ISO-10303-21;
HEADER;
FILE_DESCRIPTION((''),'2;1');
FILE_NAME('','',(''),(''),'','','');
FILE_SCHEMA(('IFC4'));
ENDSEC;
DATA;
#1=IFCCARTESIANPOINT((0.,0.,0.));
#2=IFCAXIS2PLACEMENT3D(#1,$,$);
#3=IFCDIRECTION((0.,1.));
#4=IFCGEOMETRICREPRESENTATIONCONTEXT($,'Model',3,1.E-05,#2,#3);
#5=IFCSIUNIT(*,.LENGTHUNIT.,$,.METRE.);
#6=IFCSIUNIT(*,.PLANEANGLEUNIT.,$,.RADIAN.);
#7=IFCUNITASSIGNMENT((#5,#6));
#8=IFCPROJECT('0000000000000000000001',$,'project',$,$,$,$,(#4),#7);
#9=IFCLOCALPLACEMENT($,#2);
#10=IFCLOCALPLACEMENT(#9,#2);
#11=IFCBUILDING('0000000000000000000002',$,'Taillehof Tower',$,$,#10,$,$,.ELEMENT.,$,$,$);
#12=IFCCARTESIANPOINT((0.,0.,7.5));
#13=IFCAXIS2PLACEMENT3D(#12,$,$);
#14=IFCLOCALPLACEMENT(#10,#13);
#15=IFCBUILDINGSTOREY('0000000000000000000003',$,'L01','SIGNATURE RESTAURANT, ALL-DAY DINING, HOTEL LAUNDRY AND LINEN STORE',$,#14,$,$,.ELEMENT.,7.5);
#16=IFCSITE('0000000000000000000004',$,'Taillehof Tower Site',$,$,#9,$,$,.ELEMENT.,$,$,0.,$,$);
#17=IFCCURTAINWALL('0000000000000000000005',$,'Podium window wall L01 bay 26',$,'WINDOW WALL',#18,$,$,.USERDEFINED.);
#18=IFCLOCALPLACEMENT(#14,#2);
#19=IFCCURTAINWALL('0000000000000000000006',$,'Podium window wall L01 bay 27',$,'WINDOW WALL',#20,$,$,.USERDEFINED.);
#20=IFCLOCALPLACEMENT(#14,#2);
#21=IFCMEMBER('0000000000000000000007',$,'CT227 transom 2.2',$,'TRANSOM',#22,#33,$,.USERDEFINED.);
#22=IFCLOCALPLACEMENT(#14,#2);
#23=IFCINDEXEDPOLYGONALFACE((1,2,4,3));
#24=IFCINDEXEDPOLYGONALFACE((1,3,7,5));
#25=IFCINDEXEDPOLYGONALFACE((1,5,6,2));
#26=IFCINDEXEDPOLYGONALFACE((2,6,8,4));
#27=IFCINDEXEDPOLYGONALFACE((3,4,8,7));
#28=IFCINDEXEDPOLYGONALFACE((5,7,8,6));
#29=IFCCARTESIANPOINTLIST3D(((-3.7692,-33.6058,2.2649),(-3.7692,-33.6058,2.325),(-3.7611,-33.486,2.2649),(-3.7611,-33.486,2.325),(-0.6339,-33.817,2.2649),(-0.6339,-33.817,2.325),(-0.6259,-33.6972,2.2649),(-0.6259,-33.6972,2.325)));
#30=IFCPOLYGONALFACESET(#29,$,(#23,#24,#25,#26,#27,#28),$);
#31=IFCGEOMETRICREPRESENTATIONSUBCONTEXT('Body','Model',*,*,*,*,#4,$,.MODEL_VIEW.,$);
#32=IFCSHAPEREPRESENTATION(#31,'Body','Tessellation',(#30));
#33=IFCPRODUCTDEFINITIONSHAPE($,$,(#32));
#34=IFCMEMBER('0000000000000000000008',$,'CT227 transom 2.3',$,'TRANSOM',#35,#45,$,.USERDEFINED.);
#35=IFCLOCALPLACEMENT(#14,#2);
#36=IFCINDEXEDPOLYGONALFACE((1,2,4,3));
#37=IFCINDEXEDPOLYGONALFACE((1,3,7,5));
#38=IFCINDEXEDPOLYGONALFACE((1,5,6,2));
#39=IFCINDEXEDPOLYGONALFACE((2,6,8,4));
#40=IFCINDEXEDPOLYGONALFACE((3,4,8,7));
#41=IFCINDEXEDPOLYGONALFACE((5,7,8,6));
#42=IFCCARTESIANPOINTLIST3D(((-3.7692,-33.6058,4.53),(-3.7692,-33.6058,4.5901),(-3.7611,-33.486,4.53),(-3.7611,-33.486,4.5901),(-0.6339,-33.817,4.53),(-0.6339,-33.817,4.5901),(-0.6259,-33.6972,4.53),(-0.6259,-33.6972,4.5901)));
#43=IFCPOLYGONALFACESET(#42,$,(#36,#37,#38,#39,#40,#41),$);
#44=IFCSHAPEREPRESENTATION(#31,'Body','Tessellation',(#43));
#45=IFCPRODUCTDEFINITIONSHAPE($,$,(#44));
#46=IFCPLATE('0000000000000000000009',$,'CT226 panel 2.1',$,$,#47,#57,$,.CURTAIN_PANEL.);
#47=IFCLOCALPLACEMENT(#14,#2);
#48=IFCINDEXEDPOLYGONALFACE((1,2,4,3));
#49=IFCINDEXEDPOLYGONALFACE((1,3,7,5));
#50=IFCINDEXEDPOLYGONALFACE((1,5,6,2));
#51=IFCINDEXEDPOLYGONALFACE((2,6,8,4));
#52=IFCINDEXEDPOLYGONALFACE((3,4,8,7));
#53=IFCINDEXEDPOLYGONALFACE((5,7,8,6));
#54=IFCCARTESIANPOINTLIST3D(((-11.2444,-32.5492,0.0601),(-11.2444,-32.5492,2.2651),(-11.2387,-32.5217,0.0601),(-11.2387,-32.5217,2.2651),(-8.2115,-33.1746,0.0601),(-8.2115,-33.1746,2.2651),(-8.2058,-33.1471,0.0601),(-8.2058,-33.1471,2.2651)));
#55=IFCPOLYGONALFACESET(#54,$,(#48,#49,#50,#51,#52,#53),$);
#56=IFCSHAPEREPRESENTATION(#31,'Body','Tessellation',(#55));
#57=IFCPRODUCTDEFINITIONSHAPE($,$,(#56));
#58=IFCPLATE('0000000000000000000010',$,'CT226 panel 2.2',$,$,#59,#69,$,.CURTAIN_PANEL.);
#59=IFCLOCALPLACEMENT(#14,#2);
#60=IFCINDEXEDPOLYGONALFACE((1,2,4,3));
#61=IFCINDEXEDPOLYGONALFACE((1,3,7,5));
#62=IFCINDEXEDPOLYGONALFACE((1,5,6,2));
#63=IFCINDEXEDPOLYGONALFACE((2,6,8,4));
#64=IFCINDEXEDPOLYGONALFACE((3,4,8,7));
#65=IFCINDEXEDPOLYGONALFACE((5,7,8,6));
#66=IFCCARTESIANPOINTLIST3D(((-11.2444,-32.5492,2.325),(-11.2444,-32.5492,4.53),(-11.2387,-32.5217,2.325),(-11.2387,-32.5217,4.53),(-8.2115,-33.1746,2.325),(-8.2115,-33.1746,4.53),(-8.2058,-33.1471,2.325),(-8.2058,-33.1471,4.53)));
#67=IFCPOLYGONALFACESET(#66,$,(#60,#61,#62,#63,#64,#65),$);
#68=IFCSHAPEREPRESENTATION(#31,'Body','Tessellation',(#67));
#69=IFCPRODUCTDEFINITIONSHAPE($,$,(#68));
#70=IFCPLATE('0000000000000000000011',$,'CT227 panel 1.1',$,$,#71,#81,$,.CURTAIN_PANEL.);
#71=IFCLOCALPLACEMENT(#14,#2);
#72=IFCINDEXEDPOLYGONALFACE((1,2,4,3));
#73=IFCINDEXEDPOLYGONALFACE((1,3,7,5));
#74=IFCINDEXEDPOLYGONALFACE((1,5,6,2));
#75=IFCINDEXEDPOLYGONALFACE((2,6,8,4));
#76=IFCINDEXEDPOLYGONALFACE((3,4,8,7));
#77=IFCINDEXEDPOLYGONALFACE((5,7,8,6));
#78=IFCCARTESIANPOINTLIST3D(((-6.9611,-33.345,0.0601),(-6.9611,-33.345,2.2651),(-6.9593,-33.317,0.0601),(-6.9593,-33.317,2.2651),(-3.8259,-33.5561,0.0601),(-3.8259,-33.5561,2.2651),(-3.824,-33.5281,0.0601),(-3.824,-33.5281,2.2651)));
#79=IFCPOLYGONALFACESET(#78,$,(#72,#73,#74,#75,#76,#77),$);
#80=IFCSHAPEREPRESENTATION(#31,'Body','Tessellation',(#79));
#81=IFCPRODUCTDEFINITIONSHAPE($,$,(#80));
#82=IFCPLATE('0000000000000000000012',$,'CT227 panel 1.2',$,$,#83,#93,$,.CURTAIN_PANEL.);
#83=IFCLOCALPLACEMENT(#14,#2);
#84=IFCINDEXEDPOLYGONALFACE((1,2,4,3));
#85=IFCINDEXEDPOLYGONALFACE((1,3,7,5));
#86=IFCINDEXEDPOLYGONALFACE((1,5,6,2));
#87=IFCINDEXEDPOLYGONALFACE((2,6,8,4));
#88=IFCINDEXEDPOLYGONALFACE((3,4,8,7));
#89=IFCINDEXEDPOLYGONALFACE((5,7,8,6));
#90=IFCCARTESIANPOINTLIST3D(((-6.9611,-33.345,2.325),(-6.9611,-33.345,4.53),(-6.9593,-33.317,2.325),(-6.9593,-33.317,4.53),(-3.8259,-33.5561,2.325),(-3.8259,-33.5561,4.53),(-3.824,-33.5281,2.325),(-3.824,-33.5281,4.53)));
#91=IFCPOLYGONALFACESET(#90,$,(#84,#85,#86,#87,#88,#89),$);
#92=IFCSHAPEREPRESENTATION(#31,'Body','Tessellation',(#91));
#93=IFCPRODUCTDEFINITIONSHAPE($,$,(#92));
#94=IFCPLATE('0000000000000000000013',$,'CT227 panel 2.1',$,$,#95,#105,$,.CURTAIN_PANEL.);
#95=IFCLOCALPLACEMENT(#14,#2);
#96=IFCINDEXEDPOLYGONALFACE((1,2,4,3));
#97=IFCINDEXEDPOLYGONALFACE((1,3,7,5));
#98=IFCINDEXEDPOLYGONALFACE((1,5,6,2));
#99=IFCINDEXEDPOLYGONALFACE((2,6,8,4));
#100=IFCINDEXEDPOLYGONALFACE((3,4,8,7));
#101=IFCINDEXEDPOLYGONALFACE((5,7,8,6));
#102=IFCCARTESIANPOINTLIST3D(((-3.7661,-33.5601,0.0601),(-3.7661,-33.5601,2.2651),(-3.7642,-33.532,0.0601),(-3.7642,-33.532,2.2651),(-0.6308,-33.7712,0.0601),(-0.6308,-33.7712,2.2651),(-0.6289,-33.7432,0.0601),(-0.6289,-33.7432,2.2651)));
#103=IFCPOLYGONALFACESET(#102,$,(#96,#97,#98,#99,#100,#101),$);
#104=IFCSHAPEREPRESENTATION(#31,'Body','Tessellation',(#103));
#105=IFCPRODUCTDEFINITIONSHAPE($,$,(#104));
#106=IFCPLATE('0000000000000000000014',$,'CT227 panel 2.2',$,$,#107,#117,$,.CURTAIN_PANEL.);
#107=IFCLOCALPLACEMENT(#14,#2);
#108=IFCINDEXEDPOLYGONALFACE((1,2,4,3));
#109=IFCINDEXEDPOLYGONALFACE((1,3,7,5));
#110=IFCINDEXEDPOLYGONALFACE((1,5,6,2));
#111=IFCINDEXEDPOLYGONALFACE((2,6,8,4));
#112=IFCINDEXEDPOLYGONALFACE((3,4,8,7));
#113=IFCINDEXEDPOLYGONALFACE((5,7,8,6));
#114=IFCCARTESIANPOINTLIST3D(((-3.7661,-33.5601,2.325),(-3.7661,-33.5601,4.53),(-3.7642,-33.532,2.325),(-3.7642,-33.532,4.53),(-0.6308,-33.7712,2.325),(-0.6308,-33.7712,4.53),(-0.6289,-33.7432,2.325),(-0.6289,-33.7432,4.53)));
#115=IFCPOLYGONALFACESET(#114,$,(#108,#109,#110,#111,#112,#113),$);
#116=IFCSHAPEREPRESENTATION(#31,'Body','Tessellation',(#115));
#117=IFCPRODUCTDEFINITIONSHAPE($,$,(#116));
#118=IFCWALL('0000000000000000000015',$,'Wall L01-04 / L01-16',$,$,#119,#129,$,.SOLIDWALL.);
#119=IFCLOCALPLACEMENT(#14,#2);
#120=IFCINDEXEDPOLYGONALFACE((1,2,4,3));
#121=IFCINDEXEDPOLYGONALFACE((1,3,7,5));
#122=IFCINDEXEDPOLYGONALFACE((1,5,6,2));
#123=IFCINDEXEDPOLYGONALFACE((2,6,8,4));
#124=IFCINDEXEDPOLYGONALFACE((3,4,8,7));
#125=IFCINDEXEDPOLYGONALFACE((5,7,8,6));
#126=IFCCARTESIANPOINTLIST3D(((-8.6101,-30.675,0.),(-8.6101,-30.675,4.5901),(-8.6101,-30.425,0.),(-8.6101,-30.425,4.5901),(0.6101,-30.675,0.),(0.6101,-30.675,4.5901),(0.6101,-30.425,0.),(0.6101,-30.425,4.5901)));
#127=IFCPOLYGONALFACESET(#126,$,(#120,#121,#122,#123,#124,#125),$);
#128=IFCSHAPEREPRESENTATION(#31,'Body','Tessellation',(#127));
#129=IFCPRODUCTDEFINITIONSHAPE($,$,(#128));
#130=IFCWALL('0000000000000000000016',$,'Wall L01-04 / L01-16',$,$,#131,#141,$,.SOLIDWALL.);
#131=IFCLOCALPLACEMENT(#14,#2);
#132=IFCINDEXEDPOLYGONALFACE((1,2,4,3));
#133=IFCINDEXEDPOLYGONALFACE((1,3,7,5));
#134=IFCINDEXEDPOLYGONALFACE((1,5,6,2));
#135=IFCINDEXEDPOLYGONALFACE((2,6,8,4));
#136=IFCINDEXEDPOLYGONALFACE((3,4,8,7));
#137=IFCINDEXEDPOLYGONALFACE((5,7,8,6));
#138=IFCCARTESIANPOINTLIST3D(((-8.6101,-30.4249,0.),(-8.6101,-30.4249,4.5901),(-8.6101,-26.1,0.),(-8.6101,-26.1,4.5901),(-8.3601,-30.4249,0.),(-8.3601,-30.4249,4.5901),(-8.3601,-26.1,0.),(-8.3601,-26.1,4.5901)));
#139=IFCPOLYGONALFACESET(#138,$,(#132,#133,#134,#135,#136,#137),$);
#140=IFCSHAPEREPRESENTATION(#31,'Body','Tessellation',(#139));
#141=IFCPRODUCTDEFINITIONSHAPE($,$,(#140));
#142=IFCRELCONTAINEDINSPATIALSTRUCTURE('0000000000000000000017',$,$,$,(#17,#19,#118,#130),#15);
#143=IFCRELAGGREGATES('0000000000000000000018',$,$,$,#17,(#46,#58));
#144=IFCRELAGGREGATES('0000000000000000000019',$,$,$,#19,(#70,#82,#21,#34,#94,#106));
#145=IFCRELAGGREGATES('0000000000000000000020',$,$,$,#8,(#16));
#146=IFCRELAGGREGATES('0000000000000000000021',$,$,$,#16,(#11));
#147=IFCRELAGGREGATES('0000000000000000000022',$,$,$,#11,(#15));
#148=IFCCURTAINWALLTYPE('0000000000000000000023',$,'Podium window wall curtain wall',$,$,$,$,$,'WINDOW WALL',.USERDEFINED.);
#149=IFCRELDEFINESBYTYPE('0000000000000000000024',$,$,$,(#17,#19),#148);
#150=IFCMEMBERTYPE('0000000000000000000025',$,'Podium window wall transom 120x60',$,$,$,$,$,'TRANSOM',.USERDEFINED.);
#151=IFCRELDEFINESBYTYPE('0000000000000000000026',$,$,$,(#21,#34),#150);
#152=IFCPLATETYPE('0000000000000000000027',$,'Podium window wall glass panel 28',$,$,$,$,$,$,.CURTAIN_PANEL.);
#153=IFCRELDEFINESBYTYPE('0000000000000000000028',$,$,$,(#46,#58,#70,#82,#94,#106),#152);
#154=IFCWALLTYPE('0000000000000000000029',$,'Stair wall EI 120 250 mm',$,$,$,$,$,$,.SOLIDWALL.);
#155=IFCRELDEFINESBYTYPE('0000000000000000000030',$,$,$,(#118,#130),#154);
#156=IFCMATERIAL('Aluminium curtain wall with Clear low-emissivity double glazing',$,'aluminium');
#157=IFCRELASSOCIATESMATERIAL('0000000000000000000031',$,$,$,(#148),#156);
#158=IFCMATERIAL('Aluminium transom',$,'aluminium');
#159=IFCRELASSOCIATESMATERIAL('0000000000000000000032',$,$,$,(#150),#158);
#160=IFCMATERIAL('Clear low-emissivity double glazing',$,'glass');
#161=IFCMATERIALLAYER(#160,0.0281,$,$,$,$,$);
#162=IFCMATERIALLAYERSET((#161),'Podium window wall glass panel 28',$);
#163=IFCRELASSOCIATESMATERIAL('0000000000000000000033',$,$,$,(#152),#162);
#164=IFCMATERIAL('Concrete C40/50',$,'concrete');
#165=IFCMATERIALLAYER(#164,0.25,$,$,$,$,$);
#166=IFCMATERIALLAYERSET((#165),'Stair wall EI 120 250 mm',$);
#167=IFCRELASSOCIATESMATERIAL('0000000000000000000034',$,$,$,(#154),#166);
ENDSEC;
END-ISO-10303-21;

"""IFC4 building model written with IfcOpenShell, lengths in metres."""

from ifc_helpers import new_model, si_unit, direction, frame, frame_2d, origin, origin_2d, place, context, subcontext, project, spatial, rectangle, extrude, material, layer, layer_set, material_profile, profile_set, type_object, element, aggregate, save


model = new_model("IFC4")

# Units and contexts
model_context = context("Model", 3, precision=1e-05, world=origin(), true_north=direction((0.0, 1.0)))
body_context = subcontext(model_context, "Body", "Model", "MODEL_VIEW")
ifc_project = project(units=[si_unit("LENGTHUNIT", "METRE"), si_unit("PLANEANGLEUNIT", "RADIAN")], contexts=[model_context])

# Site, building, storey
site_placement = place(None, origin())
site = spatial("IfcSite", under=ifc_project, at=site_placement, Name="Taillehof Tower Site", CompositionType="ELEMENT", RefElevation=0.0)
building_placement = place(site_placement, origin())
building = spatial("IfcBuilding", under=site, at=building_placement, Name="Taillehof Tower", CompositionType="ELEMENT")
storey_placement = place(building_placement, frame((0.0, 0.0, 7.5)))
storey = spatial("IfcBuildingStorey", under=building, at=storey_placement, Name="L01", Description="SIGNATURE RESTAURANT, ALL-DAY DINING, HOTEL LAUNDRY AND LINEN STORE", CompositionType="ELEMENT", Elevation=7.5)

# Curtain wall
ifc_material_1 = material(Name="Aluminium curtain wall with Clear low-emissivity double glazing", Category="aluminium")
curtain_wall_type = type_object("IfcCurtainWallType", Name="Podium window wall curtain wall", ElementType="WINDOW WALL", PredefinedType="USERDEFINED", material=ifc_material_1)
curtain_wall_1_placement = place(storey_placement, origin())
curtain_wall_1 = element("IfcCurtainWall", 1, at=curtain_wall_1_placement, inside=storey, type_object=curtain_wall_type, Name="Podium window wall L01 bay 26", ObjectType="WINDOW WALL", PredefinedType="USERDEFINED")

# Curtain wall, members
curtain_wall_2_placement = place(storey_placement, origin())
curtain_wall_2 = element("IfcCurtainWall", 2, at=curtain_wall_2_placement, inside=storey, type_object=curtain_wall_type, Name="Podium window wall L01 bay 27", ObjectType="WINDOW WALL", PredefinedType="USERDEFINED")
ifc_material_2 = material(Name="Aluminium transom", Category="aluminium")
ifc_material_profile_1 = material_profile(ifc_material_2, rectangle(XDim=0.1201, YDim=0.0601, at=origin_2d()), Name="AL 120x60")
ifc_profile_set_1 = profile_set([ifc_material_profile_1], Name="Aluminium transom")
member_type_1 = type_object("IfcMemberType", Name="Podium window wall transom 120x60", ElementType="TRANSOM", PredefinedType="USERDEFINED", material=ifc_profile_set_1)
member_1_placement = place(storey_placement, frame((-3.7651, -33.5459, 2.2949), z_axis=(0.997739, -0.067205, 0.0), x_axis=(0.067205, 0.997739, 0.0)))
member_1 = element("IfcMember", 3, at=member_1_placement, type_object=member_type_1, Name="CT227 transom 2.2", ObjectType="TRANSOM", PredefinedType="USERDEFINED", context=body_context, shape_type="SweptSolid", body=[
    extrude(rectangle(XDim=0.1201, YDim=0.0601, at=origin_2d()), origin(), (0.0, 0.0, 1.0), 3.1423),
])
member_2_placement = place(storey_placement, frame((-3.7651, -33.5459, 4.5601), z_axis=(0.997739, -0.067205, 0.0), x_axis=(0.067205, 0.997739, 0.0)))
member_2 = element("IfcMember", 4, at=member_2_placement, type_object=member_type_1, Name="CT227 transom 2.3", ObjectType="TRANSOM", PredefinedType="USERDEFINED", context=body_context, shape_type="SweptSolid", body=[
    extrude(rectangle(XDim=0.1201, YDim=0.0601, at=origin_2d()), origin(), (0.0, 0.0, 1.0), 3.1423),
])

# Plates
ifc_material_3 = material(Name="Clear low-emissivity double glazing", Category="glass")
ifc_layer_1 = layer(ifc_material_3, 0.0281)
ifc_layer_set_1 = layer_set([ifc_layer_1], Name="Podium window wall glass panel 28")
plate_type = type_object("IfcPlateType", Name="Podium window wall glass panel 28", PredefinedType="CURTAIN_PANEL", material=ifc_layer_set_1)
plate_1_placement = place(storey_placement, frame((-9.7251, -32.8481, 0.0601), z_axis=(0.0, 0.0, 1.0), x_axis=(0.97939, -0.201976, 0.0)))
plate_1 = element("IfcPlate", 5, at=plate_1_placement, type_object=plate_type, Name="CT226 panel 2.1", PredefinedType="CURTAIN_PANEL", context=body_context, shape_type="SweptSolid", body=[
    extrude(rectangle(XDim=3.0967, YDim=0.0281, at=origin_2d()), origin(), (0.0, 0.0, 1.0), 2.2051),
])
plate_2_placement = place(storey_placement, frame((-9.7251, -32.8481, 2.325), z_axis=(0.0, 0.0, 1.0), x_axis=(0.97939, -0.201976, 0.0)))
plate_2 = element("IfcPlate", 6, at=plate_2_placement, type_object=plate_type, Name="CT226 panel 2.2", PredefinedType="CURTAIN_PANEL", context=body_context, shape_type="SweptSolid", body=[
    extrude(rectangle(XDim=3.0967, YDim=0.0281, at=origin_2d()), origin(), (0.0, 0.0, 1.0), 2.2051),
])
aggregate(curtain_wall_1, [plate_1, plate_2])
plate_3_placement = place(storey_placement, frame((-5.3926, -33.4365, 0.0601), z_axis=(0.0, 0.0, 1.0), x_axis=(0.997741, -0.067183, 0.0)))
plate_3 = element("IfcPlate", 7, at=plate_3_placement, type_object=plate_type, Name="CT227 panel 1.1", PredefinedType="CURTAIN_PANEL", context=body_context, shape_type="SweptSolid", body=[
    extrude(rectangle(XDim=3.1423, YDim=0.0281, at=origin_2d()), origin(), (0.0, 0.0, 1.0), 2.2051),
])
plate_4_placement = place(storey_placement, frame((-5.3926, -33.4365, 2.325), z_axis=(0.0, 0.0, 1.0), x_axis=(0.997741, -0.067183, 0.0)))
plate_4 = element("IfcPlate", 8, at=plate_4_placement, type_object=plate_type, Name="CT227 panel 1.2", PredefinedType="CURTAIN_PANEL", context=body_context, shape_type="SweptSolid", body=[
    extrude(rectangle(XDim=3.1423, YDim=0.0281, at=origin_2d()), origin(), (0.0, 0.0, 1.0), 2.2051),
])
plate_5_placement = place(storey_placement, frame((-2.1975, -33.6516, 0.0601), z_axis=(0.0, 0.0, 1.0), x_axis=(0.997741, -0.067183, 0.0)))
plate_5 = element("IfcPlate", 9, at=plate_5_placement, type_object=plate_type, Name="CT227 panel 2.1", PredefinedType="CURTAIN_PANEL", context=body_context, shape_type="SweptSolid", body=[
    extrude(rectangle(XDim=3.1423, YDim=0.0281, at=origin_2d()), origin(), (0.0, 0.0, 1.0), 2.2051),
])
plate_6_placement = place(storey_placement, frame((-2.1975, -33.6516, 2.325), z_axis=(0.0, 0.0, 1.0), x_axis=(0.997741, -0.067183, 0.0)))
plate_6 = element("IfcPlate", 10, at=plate_6_placement, type_object=plate_type, Name="CT227 panel 2.2", PredefinedType="CURTAIN_PANEL", context=body_context, shape_type="SweptSolid", body=[
    extrude(rectangle(XDim=3.1423, YDim=0.0281, at=origin_2d()), origin(), (0.0, 0.0, 1.0), 2.2051),
])
aggregate(curtain_wall_2, [plate_3, plate_4, member_1, member_2, plate_5, plate_6])

# Walls
ifc_material_4 = material(Name="Concrete C40/50", Category="concrete")
ifc_layer_2 = layer(ifc_material_4, 0.25)
ifc_layer_set_2 = layer_set([ifc_layer_2], Name="Stair wall EI 120 250 mm")
wall_type = type_object("IfcWallType", Name="Stair wall EI 120 250 mm", PredefinedType="SOLIDWALL", material=ifc_layer_set_2)
wall_1_placement = place(storey_placement, frame((-8.6101, -30.55, 0.0), z_axis=(0.0, 0.0, 1.0), x_axis=(1.0, 0.0, 0.0)))
element("IfcWall", 11, at=wall_1_placement, inside=storey, type_object=wall_type, Name="Wall L01-04 / L01-16", PredefinedType="SOLIDWALL", context=body_context, shape_type="SweptSolid", body=[
    extrude(rectangle(XDim=9.2202, YDim=0.25, at=frame_2d((4.6101, 0.0))), origin(), (0.0, 0.0, 1.0), 4.5901),
])
wall_2_placement = place(storey_placement, frame((-8.4851, -30.425, 0.0), z_axis=(0.0, 0.0, 1.0), x_axis=(0.0, 1.0, 0.0)))
element("IfcWall", 12, at=wall_2_placement, inside=storey, type_object=wall_type, Name="Wall L01-04 / L01-16", PredefinedType="SOLIDWALL", context=body_context, shape_type="SweptSolid", body=[
    extrude(rectangle(XDim=4.325, YDim=0.25, at=frame_2d((2.1626, 0.0))), origin(), (0.0, 0.0, 1.0), 4.5901),
])

save(model, "model.ifc")
